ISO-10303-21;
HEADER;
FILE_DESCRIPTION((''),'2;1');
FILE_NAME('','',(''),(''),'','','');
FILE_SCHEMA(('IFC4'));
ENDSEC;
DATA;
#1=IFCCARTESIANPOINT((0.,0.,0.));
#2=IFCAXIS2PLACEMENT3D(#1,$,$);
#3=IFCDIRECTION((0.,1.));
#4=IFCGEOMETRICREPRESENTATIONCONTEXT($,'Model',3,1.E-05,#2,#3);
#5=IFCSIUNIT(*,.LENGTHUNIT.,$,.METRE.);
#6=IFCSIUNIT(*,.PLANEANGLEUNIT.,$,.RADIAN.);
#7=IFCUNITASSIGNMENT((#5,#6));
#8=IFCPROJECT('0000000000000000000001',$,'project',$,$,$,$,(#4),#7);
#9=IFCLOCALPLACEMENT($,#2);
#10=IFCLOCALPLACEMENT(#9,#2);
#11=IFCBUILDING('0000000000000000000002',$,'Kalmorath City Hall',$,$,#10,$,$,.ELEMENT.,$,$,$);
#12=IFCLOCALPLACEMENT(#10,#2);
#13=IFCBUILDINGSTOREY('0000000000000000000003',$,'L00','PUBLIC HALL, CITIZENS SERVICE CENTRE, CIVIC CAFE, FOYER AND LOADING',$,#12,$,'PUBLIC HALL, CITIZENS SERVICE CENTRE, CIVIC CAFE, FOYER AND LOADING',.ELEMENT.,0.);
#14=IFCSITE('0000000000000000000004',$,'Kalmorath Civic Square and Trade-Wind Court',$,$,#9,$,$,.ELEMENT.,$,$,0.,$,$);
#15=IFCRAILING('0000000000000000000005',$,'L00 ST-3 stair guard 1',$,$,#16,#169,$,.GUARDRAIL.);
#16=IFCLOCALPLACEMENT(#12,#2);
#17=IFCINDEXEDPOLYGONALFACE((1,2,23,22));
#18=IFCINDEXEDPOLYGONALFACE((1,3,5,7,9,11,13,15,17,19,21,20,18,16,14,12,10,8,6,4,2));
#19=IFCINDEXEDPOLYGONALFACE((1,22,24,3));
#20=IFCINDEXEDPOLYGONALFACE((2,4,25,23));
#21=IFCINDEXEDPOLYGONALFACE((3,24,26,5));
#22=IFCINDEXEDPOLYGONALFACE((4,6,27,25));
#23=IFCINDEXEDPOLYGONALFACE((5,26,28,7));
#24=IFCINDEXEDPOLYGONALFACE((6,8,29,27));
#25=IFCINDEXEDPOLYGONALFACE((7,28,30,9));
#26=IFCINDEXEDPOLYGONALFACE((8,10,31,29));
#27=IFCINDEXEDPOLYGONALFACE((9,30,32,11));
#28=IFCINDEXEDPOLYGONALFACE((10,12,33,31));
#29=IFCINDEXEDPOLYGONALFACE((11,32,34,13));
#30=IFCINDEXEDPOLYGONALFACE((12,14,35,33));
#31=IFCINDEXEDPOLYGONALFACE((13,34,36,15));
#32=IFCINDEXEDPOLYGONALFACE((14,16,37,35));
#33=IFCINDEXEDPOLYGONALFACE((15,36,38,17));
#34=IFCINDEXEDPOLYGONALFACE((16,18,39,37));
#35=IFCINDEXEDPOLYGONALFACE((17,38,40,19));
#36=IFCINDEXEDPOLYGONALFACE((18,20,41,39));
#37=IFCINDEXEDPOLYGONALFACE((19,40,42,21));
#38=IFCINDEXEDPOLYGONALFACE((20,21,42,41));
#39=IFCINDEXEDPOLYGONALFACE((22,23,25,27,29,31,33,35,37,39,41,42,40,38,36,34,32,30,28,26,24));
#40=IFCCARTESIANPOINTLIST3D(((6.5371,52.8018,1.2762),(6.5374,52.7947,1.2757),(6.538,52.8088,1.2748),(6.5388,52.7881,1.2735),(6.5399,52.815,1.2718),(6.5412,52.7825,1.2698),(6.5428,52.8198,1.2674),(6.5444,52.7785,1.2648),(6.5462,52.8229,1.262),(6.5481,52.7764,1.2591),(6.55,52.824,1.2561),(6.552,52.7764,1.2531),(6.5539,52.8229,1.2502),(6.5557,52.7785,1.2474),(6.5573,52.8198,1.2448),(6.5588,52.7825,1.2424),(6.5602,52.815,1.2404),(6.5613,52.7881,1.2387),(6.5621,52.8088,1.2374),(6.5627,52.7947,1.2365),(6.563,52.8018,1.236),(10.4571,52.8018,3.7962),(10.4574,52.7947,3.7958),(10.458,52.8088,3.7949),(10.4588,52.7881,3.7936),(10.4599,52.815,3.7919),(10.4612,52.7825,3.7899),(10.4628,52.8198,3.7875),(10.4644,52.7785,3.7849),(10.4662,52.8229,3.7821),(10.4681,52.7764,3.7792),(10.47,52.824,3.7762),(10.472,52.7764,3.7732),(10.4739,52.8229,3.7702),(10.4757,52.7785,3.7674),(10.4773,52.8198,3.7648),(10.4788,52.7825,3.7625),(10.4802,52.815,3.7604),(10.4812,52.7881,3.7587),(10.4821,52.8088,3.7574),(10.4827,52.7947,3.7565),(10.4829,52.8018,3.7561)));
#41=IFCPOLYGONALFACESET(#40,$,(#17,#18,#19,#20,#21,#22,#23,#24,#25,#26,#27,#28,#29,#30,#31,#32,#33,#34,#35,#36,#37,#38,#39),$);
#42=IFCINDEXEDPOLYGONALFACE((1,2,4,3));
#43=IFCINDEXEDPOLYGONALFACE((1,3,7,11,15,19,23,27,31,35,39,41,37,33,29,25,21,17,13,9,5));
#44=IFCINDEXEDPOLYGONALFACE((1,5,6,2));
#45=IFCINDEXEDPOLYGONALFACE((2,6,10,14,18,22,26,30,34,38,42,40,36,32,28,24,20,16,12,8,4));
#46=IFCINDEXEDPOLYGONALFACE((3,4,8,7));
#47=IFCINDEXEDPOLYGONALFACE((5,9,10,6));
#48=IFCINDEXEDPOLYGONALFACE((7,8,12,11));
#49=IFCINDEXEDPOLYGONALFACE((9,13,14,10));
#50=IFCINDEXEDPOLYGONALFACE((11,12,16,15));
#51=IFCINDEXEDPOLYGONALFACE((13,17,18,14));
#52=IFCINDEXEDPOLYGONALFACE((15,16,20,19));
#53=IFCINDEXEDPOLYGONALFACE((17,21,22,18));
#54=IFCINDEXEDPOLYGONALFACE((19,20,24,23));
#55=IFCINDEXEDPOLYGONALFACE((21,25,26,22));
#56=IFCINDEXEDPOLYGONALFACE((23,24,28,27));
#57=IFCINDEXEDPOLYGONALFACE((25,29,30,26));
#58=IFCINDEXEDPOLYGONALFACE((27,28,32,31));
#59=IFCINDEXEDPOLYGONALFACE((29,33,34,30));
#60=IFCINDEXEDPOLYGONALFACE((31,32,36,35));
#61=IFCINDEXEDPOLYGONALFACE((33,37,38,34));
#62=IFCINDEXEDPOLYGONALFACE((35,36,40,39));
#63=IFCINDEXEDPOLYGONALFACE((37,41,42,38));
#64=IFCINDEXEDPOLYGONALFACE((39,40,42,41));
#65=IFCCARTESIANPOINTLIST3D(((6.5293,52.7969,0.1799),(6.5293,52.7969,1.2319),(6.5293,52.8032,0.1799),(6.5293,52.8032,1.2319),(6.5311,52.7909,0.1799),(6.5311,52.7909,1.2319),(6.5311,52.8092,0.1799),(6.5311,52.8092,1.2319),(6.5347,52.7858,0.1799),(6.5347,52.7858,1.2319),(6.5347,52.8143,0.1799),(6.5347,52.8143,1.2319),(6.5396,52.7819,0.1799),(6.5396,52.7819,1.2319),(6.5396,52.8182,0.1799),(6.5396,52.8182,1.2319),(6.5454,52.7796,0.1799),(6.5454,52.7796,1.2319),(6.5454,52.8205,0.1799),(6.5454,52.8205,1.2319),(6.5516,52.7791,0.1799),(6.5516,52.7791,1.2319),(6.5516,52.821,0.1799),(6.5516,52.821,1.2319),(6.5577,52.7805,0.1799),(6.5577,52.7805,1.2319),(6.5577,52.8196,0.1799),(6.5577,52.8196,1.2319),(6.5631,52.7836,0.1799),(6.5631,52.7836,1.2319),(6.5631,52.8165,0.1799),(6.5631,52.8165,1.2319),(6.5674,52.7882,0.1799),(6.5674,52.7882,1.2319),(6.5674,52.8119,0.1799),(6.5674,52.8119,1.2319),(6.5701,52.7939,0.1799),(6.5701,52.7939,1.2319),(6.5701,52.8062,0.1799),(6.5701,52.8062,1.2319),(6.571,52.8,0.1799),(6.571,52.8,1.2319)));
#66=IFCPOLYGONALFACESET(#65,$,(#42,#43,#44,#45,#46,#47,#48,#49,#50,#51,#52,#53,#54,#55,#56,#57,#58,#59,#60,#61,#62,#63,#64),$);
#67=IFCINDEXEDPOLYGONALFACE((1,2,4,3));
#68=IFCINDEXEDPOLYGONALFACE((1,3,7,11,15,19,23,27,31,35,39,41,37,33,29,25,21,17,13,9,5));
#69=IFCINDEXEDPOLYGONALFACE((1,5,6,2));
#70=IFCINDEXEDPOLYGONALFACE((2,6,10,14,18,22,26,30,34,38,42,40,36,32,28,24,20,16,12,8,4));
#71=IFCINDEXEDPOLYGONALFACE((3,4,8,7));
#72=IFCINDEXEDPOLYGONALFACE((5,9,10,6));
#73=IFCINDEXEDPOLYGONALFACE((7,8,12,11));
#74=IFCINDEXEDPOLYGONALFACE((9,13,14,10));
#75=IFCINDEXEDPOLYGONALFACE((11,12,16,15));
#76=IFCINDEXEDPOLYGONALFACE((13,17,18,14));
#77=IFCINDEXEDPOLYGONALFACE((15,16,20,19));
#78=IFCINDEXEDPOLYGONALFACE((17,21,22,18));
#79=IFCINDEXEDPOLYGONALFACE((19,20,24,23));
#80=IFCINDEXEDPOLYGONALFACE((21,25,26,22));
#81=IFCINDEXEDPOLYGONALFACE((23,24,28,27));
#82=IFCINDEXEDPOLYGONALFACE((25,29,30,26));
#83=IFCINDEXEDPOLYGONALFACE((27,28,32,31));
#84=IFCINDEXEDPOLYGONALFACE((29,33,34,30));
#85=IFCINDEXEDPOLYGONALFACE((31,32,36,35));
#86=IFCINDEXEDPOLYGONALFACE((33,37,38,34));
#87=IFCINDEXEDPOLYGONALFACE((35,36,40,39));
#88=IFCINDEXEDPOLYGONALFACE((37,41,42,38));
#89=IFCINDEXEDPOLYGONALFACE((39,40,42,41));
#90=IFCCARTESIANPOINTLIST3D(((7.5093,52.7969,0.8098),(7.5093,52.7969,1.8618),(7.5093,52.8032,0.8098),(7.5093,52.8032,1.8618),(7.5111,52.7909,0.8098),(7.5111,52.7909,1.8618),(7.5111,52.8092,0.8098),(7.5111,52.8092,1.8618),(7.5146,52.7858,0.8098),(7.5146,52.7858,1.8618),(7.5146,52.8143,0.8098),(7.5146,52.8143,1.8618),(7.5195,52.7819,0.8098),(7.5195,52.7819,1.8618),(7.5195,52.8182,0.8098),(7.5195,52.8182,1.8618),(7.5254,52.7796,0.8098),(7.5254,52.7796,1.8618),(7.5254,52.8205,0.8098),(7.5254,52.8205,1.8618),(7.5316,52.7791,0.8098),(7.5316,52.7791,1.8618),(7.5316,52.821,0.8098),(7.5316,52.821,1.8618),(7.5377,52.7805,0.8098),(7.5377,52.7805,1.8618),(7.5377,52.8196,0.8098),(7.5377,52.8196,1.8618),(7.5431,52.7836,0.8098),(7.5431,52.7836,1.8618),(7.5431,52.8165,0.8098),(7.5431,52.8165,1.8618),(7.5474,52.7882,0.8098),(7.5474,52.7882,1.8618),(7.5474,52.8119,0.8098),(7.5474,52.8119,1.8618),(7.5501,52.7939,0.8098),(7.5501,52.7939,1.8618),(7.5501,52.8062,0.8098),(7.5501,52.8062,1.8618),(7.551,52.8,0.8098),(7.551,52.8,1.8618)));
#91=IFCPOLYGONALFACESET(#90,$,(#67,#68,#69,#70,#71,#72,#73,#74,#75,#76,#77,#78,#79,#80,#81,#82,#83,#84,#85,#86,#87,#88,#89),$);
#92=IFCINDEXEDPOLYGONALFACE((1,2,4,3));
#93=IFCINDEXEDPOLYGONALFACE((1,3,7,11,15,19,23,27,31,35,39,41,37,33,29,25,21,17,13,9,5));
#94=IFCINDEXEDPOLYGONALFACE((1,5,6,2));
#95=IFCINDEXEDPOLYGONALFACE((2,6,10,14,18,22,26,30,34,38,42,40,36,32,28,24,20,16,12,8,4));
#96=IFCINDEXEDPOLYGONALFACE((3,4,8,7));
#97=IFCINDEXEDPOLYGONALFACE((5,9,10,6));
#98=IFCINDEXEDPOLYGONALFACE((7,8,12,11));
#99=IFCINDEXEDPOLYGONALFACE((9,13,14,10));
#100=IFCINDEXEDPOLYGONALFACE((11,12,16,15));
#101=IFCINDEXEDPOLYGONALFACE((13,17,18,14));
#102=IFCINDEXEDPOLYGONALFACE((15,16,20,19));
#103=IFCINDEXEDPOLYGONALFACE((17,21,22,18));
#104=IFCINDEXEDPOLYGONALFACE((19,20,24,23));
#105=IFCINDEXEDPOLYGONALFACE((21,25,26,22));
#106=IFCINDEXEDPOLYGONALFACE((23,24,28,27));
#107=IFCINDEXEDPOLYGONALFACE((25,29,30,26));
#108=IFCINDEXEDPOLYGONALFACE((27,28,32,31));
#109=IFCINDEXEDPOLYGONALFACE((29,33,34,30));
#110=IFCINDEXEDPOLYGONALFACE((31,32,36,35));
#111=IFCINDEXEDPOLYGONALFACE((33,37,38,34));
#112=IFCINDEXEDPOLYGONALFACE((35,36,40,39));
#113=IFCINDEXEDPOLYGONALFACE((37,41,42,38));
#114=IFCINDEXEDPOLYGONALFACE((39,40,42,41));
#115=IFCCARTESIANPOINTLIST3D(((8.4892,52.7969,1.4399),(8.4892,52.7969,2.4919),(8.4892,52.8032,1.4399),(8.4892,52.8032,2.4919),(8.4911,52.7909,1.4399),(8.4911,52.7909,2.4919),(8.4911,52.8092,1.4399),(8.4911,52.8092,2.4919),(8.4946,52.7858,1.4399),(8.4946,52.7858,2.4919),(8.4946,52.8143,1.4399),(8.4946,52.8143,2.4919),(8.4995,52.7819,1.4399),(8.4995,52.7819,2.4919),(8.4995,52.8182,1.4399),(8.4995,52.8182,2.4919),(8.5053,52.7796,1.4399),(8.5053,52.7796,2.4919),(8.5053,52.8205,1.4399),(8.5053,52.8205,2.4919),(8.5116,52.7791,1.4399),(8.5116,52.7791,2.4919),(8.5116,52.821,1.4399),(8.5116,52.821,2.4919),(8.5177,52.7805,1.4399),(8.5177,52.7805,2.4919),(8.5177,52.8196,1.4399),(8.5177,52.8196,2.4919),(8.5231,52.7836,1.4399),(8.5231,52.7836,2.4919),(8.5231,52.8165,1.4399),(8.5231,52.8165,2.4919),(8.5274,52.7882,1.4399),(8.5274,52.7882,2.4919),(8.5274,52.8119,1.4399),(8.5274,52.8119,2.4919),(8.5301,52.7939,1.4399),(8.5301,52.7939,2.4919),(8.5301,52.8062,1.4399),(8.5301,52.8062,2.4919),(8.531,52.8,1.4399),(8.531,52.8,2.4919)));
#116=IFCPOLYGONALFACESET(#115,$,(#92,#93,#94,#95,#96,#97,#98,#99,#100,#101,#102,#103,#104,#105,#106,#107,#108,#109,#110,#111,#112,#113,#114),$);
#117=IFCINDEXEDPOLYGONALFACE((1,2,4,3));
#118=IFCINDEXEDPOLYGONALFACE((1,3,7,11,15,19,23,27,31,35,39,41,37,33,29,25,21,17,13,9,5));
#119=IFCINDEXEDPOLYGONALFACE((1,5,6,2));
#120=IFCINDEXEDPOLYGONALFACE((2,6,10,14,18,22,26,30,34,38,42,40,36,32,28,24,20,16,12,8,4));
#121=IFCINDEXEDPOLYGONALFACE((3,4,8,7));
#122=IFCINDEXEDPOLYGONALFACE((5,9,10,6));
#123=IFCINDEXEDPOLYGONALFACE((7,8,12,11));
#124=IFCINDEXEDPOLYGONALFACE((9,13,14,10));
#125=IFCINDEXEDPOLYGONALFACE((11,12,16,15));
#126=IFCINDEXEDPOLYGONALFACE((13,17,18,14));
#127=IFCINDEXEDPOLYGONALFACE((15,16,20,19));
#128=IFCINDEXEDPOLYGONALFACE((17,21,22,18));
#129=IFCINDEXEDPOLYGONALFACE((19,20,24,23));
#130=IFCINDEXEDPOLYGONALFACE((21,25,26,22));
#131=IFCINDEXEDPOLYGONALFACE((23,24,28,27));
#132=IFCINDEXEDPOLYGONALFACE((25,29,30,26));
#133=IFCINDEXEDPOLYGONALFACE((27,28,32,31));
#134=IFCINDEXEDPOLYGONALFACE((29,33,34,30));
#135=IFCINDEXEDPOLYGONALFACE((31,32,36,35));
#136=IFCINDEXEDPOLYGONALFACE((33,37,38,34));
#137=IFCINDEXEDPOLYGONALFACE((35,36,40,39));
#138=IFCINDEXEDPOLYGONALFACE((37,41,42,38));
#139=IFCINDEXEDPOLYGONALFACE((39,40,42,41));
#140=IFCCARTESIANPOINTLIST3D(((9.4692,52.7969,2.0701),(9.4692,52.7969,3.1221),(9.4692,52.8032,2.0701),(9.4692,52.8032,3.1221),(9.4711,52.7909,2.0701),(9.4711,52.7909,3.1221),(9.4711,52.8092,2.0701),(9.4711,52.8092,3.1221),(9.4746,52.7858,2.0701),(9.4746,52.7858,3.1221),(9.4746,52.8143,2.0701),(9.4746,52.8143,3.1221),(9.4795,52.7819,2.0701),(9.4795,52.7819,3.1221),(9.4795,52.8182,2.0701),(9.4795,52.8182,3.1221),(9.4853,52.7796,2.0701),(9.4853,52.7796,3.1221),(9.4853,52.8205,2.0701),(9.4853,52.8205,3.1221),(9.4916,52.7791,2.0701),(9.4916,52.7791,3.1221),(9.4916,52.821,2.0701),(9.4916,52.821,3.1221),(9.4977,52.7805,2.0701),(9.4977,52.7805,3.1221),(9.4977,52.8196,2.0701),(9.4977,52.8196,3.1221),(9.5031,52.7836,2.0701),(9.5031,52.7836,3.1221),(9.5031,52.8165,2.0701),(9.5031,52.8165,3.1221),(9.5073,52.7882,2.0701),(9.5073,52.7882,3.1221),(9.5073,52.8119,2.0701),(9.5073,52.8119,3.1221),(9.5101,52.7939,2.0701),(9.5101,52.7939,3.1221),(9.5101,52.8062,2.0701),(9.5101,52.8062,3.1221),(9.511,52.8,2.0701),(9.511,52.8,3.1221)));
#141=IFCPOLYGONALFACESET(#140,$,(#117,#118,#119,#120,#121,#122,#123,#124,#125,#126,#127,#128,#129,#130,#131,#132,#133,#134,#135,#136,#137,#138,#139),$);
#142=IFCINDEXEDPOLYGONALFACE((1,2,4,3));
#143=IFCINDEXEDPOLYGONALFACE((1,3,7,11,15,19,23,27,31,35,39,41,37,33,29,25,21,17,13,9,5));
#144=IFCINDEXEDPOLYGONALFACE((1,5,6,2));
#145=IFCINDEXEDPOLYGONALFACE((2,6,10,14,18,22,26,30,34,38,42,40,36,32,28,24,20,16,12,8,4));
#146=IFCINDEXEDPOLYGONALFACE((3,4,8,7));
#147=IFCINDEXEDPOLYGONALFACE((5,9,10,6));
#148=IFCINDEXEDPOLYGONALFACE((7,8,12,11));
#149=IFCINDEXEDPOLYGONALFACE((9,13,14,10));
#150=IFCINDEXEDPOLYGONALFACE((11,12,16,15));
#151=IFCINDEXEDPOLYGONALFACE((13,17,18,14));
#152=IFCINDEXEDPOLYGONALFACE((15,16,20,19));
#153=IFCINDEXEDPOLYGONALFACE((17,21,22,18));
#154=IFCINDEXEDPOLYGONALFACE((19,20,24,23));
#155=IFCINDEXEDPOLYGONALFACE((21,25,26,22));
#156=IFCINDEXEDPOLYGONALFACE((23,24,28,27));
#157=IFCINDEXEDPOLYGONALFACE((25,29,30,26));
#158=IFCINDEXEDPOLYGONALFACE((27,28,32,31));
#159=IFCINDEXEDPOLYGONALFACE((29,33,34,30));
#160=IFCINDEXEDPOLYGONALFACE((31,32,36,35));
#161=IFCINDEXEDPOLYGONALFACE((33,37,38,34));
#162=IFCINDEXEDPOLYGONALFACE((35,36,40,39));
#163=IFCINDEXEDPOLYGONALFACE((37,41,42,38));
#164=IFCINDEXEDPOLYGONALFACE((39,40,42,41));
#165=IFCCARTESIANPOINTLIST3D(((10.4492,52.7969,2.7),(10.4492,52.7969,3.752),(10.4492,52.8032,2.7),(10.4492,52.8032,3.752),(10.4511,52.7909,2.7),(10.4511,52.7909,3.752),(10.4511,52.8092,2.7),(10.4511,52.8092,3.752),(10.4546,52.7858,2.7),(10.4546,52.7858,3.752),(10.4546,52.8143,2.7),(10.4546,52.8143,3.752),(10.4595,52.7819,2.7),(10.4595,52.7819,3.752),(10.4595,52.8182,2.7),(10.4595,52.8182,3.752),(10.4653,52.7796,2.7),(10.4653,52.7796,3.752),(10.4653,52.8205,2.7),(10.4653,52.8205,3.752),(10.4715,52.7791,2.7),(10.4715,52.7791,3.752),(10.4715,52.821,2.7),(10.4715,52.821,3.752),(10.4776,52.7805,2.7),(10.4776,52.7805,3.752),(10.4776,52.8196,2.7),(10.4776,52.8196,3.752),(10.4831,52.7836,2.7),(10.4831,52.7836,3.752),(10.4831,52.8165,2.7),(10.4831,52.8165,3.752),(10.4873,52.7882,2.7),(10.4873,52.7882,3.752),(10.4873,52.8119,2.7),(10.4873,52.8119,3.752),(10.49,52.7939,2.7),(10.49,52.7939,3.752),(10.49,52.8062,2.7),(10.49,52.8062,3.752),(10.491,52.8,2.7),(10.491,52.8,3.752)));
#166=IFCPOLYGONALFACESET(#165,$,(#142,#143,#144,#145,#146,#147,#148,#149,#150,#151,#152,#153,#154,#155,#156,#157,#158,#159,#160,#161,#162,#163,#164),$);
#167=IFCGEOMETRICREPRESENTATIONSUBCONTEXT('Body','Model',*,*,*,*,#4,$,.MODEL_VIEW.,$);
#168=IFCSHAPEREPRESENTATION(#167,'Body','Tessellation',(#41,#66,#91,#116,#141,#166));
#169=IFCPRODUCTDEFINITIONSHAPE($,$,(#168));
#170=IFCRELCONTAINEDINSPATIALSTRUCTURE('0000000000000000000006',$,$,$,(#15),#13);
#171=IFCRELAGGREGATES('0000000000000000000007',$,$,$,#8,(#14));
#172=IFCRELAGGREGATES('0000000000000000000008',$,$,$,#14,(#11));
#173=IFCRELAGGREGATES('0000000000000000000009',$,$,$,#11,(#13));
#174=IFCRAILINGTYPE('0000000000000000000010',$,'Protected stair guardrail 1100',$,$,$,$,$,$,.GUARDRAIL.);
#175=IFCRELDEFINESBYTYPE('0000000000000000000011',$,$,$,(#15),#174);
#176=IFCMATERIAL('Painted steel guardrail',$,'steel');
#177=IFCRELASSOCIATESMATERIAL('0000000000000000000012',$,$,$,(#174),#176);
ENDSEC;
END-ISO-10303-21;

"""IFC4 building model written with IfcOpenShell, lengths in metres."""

from ifc_helpers import new_model, si_unit, direction, frame, origin, origin_2d, place, context, subcontext, project, spatial, circle, extrude, material, type_object, element, save


model = new_model("IFC4")

# Units and contexts
model_context = context("Model", 3, precision=1e-05, world=origin(), true_north=direction((0.0, 1.0)))
body_context = subcontext(model_context, "Body", "Model", "MODEL_VIEW")
ifc_project = project(units=[si_unit("LENGTHUNIT", "METRE"), si_unit("PLANEANGLEUNIT", "RADIAN")], contexts=[model_context])

# Site, building, storey
site_placement = place(None, origin())
site = spatial("IfcSite", under=ifc_project, at=site_placement, Name="Kalmorath Civic Square and Trade-Wind Court", CompositionType="ELEMENT", RefElevation=0.0)
building_placement = place(site_placement, origin())
building = spatial("IfcBuilding", under=site, at=building_placement, Name="Kalmorath City Hall", CompositionType="ELEMENT")
storey_placement = place(building_placement, origin())
storey = spatial("IfcBuildingStorey", under=building, at=storey_placement, Name="L00", Description="PUBLIC HALL, CITIZENS SERVICE CENTRE, CIVIC CAFE, FOYER AND LOADING", LongName="PUBLIC HALL, CITIZENS SERVICE CENTRE, CIVIC CAFE, FOYER AND LOADING", CompositionType="ELEMENT", Elevation=0.0)

# Railing
ifc_material_1 = material(Name="Painted steel guardrail", Category="steel")
railing_type_1 = type_object("IfcRailingType", Name="Protected stair guardrail 1100", PredefinedType="GUARDRAIL", material=ifc_material_1)
railing_1_placement = place(storey_placement, frame((6.55, 52.8, 0.1799)))
element("IfcRailing", 1, at=railing_1_placement, inside=storey, type_object=railing_type_1, Name="L00 ST-3 stair guard 1", PredefinedType="GUARDRAIL", context=body_context, shape_type="SweptSolid", body=[
    extrude(circle(Radius=0.0239, at=origin_2d()), frame((0.0, 0.0, 1.0762), z_axis=(0.841172, 0.0, 0.540768), x_axis=(0.0, 1.0, 0.0)), (0.0, 0.0, 1.0), 4.6602),
    extrude(circle(Radius=0.021, at=origin_2d()), origin(), (0.0, 0.0, 1.0), 1.052),
    extrude(circle(Radius=0.021, at=origin_2d()), frame((0.98, 0.0, 0.6299)), (0.0, 0.0, 1.0), 1.052),
    extrude(circle(Radius=0.021, at=origin_2d()), frame((1.96, 0.0, 1.26)), (0.0, 0.0, 1.0), 1.052),
    extrude(circle(Radius=0.021, at=origin_2d()), frame((2.9399, 0.0, 1.8901)), (0.0, 0.0, 1.0), 1.052),
    extrude(circle(Radius=0.021, at=origin_2d()), frame((3.9199, 0.0, 2.52)), (0.0, 0.0, 1.0), 1.052),
])

save(model, "model.ifc")
